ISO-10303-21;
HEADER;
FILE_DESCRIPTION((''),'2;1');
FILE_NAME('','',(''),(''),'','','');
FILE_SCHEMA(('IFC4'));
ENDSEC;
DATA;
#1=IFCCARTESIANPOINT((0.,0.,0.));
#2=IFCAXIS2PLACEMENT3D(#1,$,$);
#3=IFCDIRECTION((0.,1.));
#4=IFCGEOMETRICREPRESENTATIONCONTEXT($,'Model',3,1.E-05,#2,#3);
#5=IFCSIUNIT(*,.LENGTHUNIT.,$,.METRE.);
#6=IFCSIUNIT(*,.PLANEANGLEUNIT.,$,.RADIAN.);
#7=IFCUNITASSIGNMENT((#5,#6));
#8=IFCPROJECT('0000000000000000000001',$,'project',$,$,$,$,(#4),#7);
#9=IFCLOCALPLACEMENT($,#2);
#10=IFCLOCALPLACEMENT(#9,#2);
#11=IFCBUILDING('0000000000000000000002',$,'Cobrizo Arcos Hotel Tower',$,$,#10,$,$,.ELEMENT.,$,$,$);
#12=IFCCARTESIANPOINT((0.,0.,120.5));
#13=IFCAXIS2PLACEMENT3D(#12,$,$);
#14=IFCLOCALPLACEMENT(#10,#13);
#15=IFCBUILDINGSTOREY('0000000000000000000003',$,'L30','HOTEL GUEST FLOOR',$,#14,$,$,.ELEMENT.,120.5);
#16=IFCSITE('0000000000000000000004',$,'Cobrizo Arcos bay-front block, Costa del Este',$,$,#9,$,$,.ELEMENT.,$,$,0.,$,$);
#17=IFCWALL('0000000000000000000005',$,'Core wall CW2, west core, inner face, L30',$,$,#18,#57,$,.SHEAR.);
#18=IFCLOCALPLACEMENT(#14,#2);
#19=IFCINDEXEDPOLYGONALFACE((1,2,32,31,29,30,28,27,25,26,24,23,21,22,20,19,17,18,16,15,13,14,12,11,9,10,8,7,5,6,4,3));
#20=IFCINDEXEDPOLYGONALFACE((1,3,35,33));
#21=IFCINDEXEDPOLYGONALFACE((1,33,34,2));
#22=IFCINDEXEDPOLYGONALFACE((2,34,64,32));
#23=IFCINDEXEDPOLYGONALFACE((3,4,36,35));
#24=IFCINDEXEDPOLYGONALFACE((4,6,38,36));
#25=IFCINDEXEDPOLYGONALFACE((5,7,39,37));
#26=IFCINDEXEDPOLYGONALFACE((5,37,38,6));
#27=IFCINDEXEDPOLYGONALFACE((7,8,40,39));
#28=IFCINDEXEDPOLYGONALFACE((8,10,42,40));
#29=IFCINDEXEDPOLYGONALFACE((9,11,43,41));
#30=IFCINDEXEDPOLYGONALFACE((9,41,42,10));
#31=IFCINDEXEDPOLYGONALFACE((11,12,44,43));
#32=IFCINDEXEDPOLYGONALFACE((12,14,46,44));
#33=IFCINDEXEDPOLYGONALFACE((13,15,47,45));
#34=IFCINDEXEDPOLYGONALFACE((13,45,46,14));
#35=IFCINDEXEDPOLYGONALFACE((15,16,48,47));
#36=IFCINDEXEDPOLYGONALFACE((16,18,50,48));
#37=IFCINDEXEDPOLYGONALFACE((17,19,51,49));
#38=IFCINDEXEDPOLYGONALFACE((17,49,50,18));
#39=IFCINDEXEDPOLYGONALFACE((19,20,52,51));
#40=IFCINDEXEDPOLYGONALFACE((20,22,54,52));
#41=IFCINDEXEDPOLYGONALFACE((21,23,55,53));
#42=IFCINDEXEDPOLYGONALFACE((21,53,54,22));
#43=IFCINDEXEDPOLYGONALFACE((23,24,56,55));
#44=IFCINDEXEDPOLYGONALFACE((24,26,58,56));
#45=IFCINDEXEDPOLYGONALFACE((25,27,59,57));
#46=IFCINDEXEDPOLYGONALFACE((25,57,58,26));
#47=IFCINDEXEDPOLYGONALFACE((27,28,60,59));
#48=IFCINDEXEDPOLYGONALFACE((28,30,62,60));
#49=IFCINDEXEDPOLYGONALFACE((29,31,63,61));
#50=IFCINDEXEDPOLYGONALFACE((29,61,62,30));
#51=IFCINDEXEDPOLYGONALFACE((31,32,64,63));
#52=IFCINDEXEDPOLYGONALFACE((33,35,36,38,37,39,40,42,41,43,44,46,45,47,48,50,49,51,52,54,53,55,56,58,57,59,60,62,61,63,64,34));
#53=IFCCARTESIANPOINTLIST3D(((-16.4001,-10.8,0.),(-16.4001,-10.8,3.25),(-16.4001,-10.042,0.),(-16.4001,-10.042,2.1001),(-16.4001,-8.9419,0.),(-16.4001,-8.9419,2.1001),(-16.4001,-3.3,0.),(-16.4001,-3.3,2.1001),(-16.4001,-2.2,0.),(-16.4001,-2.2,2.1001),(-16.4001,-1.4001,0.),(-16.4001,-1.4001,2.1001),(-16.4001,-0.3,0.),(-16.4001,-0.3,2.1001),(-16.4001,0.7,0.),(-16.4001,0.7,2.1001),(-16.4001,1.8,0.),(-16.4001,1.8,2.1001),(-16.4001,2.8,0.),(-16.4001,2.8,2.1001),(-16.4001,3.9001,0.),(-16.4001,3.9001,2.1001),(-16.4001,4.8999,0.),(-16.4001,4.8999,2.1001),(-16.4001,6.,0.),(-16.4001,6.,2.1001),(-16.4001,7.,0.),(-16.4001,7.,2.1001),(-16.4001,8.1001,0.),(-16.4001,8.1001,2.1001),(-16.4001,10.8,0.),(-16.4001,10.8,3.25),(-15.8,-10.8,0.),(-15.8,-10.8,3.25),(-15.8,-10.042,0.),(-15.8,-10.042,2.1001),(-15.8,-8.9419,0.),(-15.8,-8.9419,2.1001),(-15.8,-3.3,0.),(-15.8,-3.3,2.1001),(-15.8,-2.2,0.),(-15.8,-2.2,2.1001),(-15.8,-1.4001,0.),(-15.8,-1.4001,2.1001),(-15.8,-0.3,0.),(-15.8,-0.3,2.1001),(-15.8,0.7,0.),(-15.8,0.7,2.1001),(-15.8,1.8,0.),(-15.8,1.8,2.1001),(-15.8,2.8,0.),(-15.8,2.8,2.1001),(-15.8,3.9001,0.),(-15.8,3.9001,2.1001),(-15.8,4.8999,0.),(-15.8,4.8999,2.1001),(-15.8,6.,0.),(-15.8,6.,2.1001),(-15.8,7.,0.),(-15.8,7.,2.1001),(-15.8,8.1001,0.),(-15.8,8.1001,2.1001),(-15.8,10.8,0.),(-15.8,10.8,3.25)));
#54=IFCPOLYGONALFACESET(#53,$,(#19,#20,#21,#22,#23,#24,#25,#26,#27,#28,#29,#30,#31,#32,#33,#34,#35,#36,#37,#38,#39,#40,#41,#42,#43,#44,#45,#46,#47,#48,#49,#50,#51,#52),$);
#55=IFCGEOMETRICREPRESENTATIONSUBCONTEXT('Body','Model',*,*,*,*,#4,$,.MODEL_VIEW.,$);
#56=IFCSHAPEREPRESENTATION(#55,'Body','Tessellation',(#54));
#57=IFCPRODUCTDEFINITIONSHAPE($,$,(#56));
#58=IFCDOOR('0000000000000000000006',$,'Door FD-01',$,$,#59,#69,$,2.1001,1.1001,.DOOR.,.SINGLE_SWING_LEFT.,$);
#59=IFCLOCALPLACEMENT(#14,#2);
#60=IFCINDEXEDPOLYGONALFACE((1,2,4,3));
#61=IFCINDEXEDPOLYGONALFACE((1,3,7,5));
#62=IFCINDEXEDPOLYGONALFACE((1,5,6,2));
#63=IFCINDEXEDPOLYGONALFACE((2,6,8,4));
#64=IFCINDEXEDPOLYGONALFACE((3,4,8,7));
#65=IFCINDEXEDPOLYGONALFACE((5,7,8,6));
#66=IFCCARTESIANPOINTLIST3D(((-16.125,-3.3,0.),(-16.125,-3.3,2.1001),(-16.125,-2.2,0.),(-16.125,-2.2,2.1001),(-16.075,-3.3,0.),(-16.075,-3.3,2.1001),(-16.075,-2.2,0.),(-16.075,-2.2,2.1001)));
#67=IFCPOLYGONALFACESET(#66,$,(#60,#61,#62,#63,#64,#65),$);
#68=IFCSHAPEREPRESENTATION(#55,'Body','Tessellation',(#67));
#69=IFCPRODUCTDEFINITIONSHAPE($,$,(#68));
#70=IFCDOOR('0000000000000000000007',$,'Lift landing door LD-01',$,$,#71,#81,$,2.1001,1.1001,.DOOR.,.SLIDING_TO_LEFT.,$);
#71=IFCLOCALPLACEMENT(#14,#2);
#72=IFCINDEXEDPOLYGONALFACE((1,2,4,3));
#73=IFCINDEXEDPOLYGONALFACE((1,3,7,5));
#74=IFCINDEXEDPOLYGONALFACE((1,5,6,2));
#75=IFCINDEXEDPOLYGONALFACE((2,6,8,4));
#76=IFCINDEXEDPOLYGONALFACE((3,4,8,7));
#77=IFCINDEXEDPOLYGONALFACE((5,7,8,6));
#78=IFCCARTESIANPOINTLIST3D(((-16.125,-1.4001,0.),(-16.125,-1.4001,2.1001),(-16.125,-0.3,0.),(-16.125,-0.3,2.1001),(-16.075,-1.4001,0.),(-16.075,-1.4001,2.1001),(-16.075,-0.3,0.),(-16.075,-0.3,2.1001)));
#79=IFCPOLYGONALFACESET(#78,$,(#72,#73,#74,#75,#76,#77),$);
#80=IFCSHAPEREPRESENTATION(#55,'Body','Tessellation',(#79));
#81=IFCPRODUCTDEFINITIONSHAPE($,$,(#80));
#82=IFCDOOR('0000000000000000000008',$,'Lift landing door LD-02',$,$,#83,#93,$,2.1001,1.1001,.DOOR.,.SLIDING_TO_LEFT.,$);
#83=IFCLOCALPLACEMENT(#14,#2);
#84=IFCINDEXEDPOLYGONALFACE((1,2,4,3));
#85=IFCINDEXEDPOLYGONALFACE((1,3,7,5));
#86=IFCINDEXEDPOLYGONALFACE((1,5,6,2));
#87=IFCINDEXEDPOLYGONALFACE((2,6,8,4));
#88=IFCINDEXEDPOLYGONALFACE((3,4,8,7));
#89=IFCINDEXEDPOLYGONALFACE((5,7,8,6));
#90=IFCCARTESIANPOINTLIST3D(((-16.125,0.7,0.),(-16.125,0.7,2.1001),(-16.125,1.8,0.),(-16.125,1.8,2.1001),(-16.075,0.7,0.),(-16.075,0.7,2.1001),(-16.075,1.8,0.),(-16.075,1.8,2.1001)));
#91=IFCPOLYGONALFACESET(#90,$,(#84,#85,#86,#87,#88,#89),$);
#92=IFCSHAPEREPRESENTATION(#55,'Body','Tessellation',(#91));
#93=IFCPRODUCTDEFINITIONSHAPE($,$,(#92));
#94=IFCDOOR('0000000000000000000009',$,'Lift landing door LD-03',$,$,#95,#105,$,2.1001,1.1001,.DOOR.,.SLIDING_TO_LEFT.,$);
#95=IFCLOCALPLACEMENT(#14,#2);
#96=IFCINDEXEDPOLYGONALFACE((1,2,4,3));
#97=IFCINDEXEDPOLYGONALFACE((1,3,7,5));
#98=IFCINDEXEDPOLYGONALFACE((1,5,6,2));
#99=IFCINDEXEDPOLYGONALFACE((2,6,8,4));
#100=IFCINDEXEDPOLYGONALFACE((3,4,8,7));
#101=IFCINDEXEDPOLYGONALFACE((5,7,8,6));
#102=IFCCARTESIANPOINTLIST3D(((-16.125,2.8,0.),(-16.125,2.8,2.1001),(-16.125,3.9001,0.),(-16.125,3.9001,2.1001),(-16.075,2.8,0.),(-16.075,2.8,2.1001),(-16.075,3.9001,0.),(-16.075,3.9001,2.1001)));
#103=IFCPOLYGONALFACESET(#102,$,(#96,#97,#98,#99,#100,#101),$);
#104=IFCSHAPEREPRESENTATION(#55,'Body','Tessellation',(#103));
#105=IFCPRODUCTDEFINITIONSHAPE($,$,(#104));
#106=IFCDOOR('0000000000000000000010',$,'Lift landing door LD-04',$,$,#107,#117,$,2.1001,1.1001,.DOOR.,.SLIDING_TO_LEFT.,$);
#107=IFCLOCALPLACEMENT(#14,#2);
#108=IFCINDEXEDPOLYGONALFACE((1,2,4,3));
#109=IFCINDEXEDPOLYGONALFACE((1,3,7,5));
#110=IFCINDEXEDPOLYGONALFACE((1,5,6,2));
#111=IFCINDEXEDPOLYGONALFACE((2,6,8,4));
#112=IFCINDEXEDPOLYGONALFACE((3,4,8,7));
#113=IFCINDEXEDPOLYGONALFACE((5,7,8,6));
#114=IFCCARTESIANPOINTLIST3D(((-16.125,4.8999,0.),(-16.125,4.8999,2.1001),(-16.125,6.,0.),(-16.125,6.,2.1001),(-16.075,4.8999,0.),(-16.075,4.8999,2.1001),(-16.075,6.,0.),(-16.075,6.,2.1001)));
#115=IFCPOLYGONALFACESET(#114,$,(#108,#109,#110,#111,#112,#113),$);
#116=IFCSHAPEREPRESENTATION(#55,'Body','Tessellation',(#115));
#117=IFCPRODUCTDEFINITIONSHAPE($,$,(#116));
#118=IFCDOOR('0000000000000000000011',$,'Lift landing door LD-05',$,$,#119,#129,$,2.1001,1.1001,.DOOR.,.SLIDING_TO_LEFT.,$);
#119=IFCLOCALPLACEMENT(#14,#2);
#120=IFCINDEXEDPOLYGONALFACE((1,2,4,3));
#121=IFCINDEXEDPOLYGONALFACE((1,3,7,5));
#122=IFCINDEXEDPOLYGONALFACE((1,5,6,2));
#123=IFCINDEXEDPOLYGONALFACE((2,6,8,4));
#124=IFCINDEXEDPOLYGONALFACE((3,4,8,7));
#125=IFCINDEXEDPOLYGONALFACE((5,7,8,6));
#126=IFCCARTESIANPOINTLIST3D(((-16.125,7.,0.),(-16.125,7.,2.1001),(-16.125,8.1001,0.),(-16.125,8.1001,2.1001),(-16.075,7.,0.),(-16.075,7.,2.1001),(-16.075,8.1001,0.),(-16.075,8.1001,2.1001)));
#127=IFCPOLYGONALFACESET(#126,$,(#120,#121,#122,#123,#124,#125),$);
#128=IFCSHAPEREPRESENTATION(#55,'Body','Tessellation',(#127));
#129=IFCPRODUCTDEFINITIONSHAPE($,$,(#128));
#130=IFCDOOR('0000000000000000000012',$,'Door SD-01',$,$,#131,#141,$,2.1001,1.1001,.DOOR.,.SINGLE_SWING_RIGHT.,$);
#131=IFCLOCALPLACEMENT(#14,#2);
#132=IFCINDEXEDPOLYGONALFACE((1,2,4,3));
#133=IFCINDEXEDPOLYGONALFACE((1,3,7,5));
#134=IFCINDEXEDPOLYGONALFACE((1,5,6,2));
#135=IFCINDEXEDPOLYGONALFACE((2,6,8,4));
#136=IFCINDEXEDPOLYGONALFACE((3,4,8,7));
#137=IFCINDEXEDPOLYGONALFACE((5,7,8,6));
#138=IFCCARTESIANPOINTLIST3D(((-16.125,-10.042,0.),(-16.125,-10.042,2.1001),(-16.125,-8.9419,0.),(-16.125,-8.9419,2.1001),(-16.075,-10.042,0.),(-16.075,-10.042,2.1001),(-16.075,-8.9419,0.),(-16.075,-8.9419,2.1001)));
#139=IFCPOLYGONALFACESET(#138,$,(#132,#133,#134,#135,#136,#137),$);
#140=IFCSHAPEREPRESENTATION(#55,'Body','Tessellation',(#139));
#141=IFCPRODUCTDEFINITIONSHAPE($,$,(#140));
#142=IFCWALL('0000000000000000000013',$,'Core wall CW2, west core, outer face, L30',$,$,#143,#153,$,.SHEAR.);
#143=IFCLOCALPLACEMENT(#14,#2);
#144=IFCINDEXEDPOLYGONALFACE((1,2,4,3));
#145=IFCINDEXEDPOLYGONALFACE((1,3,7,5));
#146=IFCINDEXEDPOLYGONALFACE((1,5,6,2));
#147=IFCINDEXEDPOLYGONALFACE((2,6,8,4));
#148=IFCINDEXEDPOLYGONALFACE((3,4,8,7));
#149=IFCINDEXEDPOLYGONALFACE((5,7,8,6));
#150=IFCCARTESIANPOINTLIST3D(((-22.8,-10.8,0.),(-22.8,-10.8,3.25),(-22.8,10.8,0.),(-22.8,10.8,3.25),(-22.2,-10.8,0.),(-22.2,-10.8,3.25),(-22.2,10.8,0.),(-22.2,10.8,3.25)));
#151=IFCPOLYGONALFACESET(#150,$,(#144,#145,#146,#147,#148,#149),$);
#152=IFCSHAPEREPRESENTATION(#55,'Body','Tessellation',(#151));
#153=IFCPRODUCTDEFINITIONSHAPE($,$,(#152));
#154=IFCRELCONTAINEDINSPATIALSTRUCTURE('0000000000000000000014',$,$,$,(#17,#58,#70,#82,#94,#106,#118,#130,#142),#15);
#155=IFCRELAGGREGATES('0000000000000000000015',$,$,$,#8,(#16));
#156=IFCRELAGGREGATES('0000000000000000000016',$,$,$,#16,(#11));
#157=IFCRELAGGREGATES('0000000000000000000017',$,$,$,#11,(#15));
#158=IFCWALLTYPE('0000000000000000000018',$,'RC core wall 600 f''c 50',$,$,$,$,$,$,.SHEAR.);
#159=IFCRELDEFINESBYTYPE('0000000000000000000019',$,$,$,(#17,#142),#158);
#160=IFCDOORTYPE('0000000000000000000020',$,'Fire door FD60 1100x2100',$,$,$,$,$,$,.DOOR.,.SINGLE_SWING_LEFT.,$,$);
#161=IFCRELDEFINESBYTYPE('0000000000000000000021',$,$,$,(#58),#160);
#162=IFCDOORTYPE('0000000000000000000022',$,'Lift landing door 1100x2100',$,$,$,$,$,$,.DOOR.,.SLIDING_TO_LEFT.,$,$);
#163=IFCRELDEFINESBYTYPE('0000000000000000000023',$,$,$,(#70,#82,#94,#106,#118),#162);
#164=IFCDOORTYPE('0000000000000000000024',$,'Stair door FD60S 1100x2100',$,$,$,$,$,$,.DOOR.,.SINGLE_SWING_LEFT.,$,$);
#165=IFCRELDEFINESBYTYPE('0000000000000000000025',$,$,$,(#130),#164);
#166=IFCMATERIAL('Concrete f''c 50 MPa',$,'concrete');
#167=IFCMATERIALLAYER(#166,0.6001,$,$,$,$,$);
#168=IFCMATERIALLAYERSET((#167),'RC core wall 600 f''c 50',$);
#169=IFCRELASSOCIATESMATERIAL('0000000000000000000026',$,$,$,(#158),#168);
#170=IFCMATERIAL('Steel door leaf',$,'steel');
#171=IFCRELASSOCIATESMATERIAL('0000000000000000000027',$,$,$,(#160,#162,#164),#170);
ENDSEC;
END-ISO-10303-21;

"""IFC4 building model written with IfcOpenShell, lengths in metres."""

from ifc_helpers import new_model, si_unit, direction, frame, frame_2d, origin, place, context, subcontext, project, spatial, rectangle, extrude, material, layer, layer_set, type_object, element, fill, save


model = new_model("IFC4")

# Units and contexts
model_context = context("Model", 3, precision=1e-05, world=origin(), true_north=direction((0.0, 1.0)))
body_context = subcontext(model_context, "Body", "Model", "MODEL_VIEW")
ifc_project = project(units=[si_unit("LENGTHUNIT", "METRE"), si_unit("PLANEANGLEUNIT", "RADIAN")], contexts=[model_context])

# Site, building, storey
site_placement = place(None, origin())
site = spatial("IfcSite", under=ifc_project, at=site_placement, Name="Cobrizo Arcos bay-front block, Costa del Este", CompositionType="ELEMENT", RefElevation=0.0)
building_placement = place(site_placement, origin())
building = spatial("IfcBuilding", under=site, at=building_placement, Name="Cobrizo Arcos Hotel Tower", CompositionType="ELEMENT")
storey_placement = place(building_placement, frame((0.0, 0.0, 120.5)))
storey = spatial("IfcBuildingStorey", under=building, at=storey_placement, Name="L30", Description="HOTEL GUEST FLOOR", CompositionType="ELEMENT", Elevation=120.5)

# Wall, openings, doors
ifc_material_1 = material(Name="Concrete f'c 50 MPa", Category="concrete")
ifc_layer_1 = layer(ifc_material_1, 0.6001)
ifc_layer_set_1 = layer_set([ifc_layer_1], Name="RC core wall 600 f'c 50")
wall_type_1 = type_object("IfcWallType", Name="RC core wall 600 f'c 50", PredefinedType="SHEAR", material=ifc_layer_set_1)
wall_1_placement = place(storey_placement, frame((-16.1001, -10.8, 0.0), z_axis=(0.0, 0.0, 1.0), x_axis=(0.0, 1.0, 0.0)))
wall_1 = element("IfcWall", 1, at=wall_1_placement, inside=storey, type_object=wall_type_1, Name="Core wall CW2, west core, inner face, L30", PredefinedType="SHEAR", context=body_context, shape_type="SweptSolid", body=[
    extrude(rectangle(XDim=21.6001, YDim=0.6001, at=frame_2d((10.8, 0.0))), origin(), (0.0, 0.0, 1.0), 3.25),
])
opening_1_placement = place(wall_1_placement, frame((9.3999, 0.0, 0.0)))
opening_1 = element("IfcOpeningElement", 2, at=opening_1_placement, cuts=wall_1, PredefinedType="OPENING", context=body_context, shape_type="SweptSolid", body=[
    extrude(rectangle(XDim=1.1001, YDim=2.1001, at=frame_2d((0.55, 1.05))), frame((0.0, 0.312, 0.0), z_axis=(0.0, -1.0, 0.0), x_axis=(1.0, 0.0, 0.0)), (0.0, 0.0, 1.0), 0.624),
])
opening_2_placement = place(wall_1_placement, frame((11.5, 0.0, 0.0)))
opening_2 = element("IfcOpeningElement", 3, at=opening_2_placement, cuts=wall_1, PredefinedType="OPENING", context=body_context, shape_type="SweptSolid", body=[
    extrude(rectangle(XDim=1.1001, YDim=2.1001, at=frame_2d((0.55, 1.05))), frame((0.0, 0.312, 0.0), z_axis=(0.0, -1.0, 0.0), x_axis=(1.0, 0.0, 0.0)), (0.0, 0.0, 1.0), 0.624),
])
opening_3_placement = place(wall_1_placement, frame((13.6001, 0.0, 0.0)))
opening_3 = element("IfcOpeningElement", 4, at=opening_3_placement, cuts=wall_1, PredefinedType="OPENING", context=body_context, shape_type="SweptSolid", body=[
    extrude(rectangle(XDim=1.1001, YDim=2.1001, at=frame_2d((0.55, 1.05))), frame((0.0, 0.312, 0.0), z_axis=(0.0, -1.0, 0.0), x_axis=(1.0, 0.0, 0.0)), (0.0, 0.0, 1.0), 0.624),
])
opening_4_placement = place(wall_1_placement, frame((15.7, 0.0, 0.0)))
opening_4 = element("IfcOpeningElement", 5, at=opening_4_placement, cuts=wall_1, PredefinedType="OPENING", context=body_context, shape_type="SweptSolid", body=[
    extrude(rectangle(XDim=1.1001, YDim=2.1001, at=frame_2d((0.55, 1.05))), frame((0.0, 0.312, 0.0), z_axis=(0.0, -1.0, 0.0), x_axis=(1.0, 0.0, 0.0)), (0.0, 0.0, 1.0), 0.624),
])
opening_5_placement = place(wall_1_placement, frame((17.8, 0.0, 0.0)))
opening_5 = element("IfcOpeningElement", 6, at=opening_5_placement, cuts=wall_1, PredefinedType="OPENING", context=body_context, shape_type="SweptSolid", body=[
    extrude(rectangle(XDim=1.1001, YDim=2.1001, at=frame_2d((0.55, 1.05))), frame((0.0, 0.312, 0.0), z_axis=(0.0, -1.0, 0.0), x_axis=(1.0, 0.0, 0.0)), (0.0, 0.0, 1.0), 0.624),
])
opening_6_placement = place(wall_1_placement, frame((0.7581, 0.0, 0.0)))
opening_6 = element("IfcOpeningElement", 7, at=opening_6_placement, cuts=wall_1, PredefinedType="OPENING", context=body_context, shape_type="SweptSolid", body=[
    extrude(rectangle(XDim=1.1001, YDim=2.1001, at=frame_2d((0.55, 1.05))), frame((0.0, 0.312, 0.0), z_axis=(0.0, -1.0, 0.0), x_axis=(1.0, 0.0, 0.0)), (0.0, 0.0, 1.0), 0.624),
])
opening_7_placement = place(wall_1_placement, frame((7.5, 0.0, 0.0)))
opening_7 = element("IfcOpeningElement", 8, at=opening_7_placement, cuts=wall_1, PredefinedType="OPENING", context=body_context, shape_type="SweptSolid", body=[
    extrude(rectangle(XDim=1.1001, YDim=2.1001, at=frame_2d((0.55, 1.05))), frame((0.0, 0.312, 0.0), z_axis=(0.0, -1.0, 0.0), x_axis=(1.0, 0.0, 0.0)), (0.0, 0.0, 1.0), 0.624),
])
ifc_material_2 = material(Name="Steel door leaf", Category="steel")
door_type_1 = type_object("IfcDoorType", Name="Fire door FD60 1100x2100", OperationType="SINGLE_SWING_LEFT", PredefinedType="DOOR", material=ifc_material_2)
door_1_placement = place(opening_7_placement, origin())
door_1 = element("IfcDoor", 9, at=door_1_placement, inside=storey, type_object=door_type_1, Name="Door FD-01", OperationType="SINGLE_SWING_LEFT", OverallHeight=2.1001, OverallWidth=1.1001, PredefinedType="DOOR", context=body_context, shape_type="SweptSolid", body=[
    extrude(rectangle(XDim=1.1001, YDim=2.1001, at=frame_2d((0.55, 1.05))), frame((0.0, 0.0249, 0.0), z_axis=(0.0, -1.0, 0.0), x_axis=(1.0, 0.0, 0.0)), (0.0, 0.0, 1.0), 0.05),
])
fill(opening_7, door_1)
door_type_2 = type_object("IfcDoorType", Name="Lift landing door 1100x2100", OperationType="SLIDING_TO_LEFT", PredefinedType="DOOR", material=ifc_material_2)
door_2_placement = place(opening_1_placement, origin())
door_2 = element("IfcDoor", 10, at=door_2_placement, inside=storey, type_object=door_type_2, Name="Lift landing door LD-01", OperationType="SLIDING_TO_LEFT", OverallHeight=2.1001, OverallWidth=1.1001, PredefinedType="DOOR", context=body_context, shape_type="SweptSolid", body=[
    extrude(rectangle(XDim=1.1001, YDim=2.1001, at=frame_2d((0.55, 1.05))), frame((0.0, 0.0249, 0.0), z_axis=(0.0, -1.0, 0.0), x_axis=(1.0, 0.0, 0.0)), (0.0, 0.0, 1.0), 0.05),
])
fill(opening_1, door_2)
door_3_placement = place(opening_2_placement, origin())
door_3 = element("IfcDoor", 11, at=door_3_placement, inside=storey, type_object=door_type_2, Name="Lift landing door LD-02", OperationType="SLIDING_TO_LEFT", OverallHeight=2.1001, OverallWidth=1.1001, PredefinedType="DOOR", context=body_context, shape_type="SweptSolid", body=[
    extrude(rectangle(XDim=1.1001, YDim=2.1001, at=frame_2d((0.55, 1.05))), frame((0.0, 0.0249, 0.0), z_axis=(0.0, -1.0, 0.0), x_axis=(1.0, 0.0, 0.0)), (0.0, 0.0, 1.0), 0.05),
])
fill(opening_2, door_3)
door_4_placement = place(opening_3_placement, origin())
door_4 = element("IfcDoor", 12, at=door_4_placement, inside=storey, type_object=door_type_2, Name="Lift landing door LD-03", OperationType="SLIDING_TO_LEFT", OverallHeight=2.1001, OverallWidth=1.1001, PredefinedType="DOOR", context=body_context, shape_type="SweptSolid", body=[
    extrude(rectangle(XDim=1.1001, YDim=2.1001, at=frame_2d((0.55, 1.05))), frame((0.0, 0.0249, 0.0), z_axis=(0.0, -1.0, 0.0), x_axis=(1.0, 0.0, 0.0)), (0.0, 0.0, 1.0), 0.05),
])
fill(opening_3, door_4)
door_5_placement = place(opening_4_placement, origin())
door_5 = element("IfcDoor", 13, at=door_5_placement, inside=storey, type_object=door_type_2, Name="Lift landing door LD-04", OperationType="SLIDING_TO_LEFT", OverallHeight=2.1001, OverallWidth=1.1001, PredefinedType="DOOR", context=body_context, shape_type="SweptSolid", body=[
    extrude(rectangle(XDim=1.1001, YDim=2.1001, at=frame_2d((0.55, 1.05))), frame((0.0, 0.0249, 0.0), z_axis=(0.0, -1.0, 0.0), x_axis=(1.0, 0.0, 0.0)), (0.0, 0.0, 1.0), 0.05),
])
fill(opening_4, door_5)
door_6_placement = place(opening_5_placement, origin())
door_6 = element("IfcDoor", 14, at=door_6_placement, inside=storey, type_object=door_type_2, Name="Lift landing door LD-05", OperationType="SLIDING_TO_LEFT", OverallHeight=2.1001, OverallWidth=1.1001, PredefinedType="DOOR", context=body_context, shape_type="SweptSolid", body=[
    extrude(rectangle(XDim=1.1001, YDim=2.1001, at=frame_2d((0.55, 1.05))), frame((0.0, 0.0249, 0.0), z_axis=(0.0, -1.0, 0.0), x_axis=(1.0, 0.0, 0.0)), (0.0, 0.0, 1.0), 0.05),
])
fill(opening_5, door_6)
door_type_3 = type_object("IfcDoorType", Name="Stair door FD60S 1100x2100", OperationType="SINGLE_SWING_LEFT", PredefinedType="DOOR", material=ifc_material_2)
door_7_placement = place(opening_6_placement, origin())
door_7 = element("IfcDoor", 15, at=door_7_placement, inside=storey, type_object=door_type_3, Name="Door SD-01", OperationType="SINGLE_SWING_RIGHT", OverallHeight=2.1001, OverallWidth=1.1001, PredefinedType="DOOR", context=body_context, shape_type="SweptSolid", body=[
    extrude(rectangle(XDim=1.1001, YDim=2.1001, at=frame_2d((0.55, 1.05))), frame((0.0, 0.0249, 0.0), z_axis=(0.0, -1.0, 0.0), x_axis=(1.0, 0.0, 0.0)), (0.0, 0.0, 1.0), 0.05),
])
fill(opening_6, door_7)

# Wall
wall_2_placement = place(storey_placement, frame((-22.5, -10.8, 0.0), z_axis=(0.0, 0.0, 1.0), x_axis=(0.0, 1.0, 0.0)))
element("IfcWall", 16, at=wall_2_placement, inside=storey, type_object=wall_type_1, Name="Core wall CW2, west core, outer face, L30", PredefinedType="SHEAR", context=body_context, shape_type="SweptSolid", body=[
    extrude(rectangle(XDim=21.6001, YDim=0.6001, at=frame_2d((10.8, 0.0))), origin(), (0.0, 0.0, 1.0), 3.25),
])

save(model, "model.ifc")
